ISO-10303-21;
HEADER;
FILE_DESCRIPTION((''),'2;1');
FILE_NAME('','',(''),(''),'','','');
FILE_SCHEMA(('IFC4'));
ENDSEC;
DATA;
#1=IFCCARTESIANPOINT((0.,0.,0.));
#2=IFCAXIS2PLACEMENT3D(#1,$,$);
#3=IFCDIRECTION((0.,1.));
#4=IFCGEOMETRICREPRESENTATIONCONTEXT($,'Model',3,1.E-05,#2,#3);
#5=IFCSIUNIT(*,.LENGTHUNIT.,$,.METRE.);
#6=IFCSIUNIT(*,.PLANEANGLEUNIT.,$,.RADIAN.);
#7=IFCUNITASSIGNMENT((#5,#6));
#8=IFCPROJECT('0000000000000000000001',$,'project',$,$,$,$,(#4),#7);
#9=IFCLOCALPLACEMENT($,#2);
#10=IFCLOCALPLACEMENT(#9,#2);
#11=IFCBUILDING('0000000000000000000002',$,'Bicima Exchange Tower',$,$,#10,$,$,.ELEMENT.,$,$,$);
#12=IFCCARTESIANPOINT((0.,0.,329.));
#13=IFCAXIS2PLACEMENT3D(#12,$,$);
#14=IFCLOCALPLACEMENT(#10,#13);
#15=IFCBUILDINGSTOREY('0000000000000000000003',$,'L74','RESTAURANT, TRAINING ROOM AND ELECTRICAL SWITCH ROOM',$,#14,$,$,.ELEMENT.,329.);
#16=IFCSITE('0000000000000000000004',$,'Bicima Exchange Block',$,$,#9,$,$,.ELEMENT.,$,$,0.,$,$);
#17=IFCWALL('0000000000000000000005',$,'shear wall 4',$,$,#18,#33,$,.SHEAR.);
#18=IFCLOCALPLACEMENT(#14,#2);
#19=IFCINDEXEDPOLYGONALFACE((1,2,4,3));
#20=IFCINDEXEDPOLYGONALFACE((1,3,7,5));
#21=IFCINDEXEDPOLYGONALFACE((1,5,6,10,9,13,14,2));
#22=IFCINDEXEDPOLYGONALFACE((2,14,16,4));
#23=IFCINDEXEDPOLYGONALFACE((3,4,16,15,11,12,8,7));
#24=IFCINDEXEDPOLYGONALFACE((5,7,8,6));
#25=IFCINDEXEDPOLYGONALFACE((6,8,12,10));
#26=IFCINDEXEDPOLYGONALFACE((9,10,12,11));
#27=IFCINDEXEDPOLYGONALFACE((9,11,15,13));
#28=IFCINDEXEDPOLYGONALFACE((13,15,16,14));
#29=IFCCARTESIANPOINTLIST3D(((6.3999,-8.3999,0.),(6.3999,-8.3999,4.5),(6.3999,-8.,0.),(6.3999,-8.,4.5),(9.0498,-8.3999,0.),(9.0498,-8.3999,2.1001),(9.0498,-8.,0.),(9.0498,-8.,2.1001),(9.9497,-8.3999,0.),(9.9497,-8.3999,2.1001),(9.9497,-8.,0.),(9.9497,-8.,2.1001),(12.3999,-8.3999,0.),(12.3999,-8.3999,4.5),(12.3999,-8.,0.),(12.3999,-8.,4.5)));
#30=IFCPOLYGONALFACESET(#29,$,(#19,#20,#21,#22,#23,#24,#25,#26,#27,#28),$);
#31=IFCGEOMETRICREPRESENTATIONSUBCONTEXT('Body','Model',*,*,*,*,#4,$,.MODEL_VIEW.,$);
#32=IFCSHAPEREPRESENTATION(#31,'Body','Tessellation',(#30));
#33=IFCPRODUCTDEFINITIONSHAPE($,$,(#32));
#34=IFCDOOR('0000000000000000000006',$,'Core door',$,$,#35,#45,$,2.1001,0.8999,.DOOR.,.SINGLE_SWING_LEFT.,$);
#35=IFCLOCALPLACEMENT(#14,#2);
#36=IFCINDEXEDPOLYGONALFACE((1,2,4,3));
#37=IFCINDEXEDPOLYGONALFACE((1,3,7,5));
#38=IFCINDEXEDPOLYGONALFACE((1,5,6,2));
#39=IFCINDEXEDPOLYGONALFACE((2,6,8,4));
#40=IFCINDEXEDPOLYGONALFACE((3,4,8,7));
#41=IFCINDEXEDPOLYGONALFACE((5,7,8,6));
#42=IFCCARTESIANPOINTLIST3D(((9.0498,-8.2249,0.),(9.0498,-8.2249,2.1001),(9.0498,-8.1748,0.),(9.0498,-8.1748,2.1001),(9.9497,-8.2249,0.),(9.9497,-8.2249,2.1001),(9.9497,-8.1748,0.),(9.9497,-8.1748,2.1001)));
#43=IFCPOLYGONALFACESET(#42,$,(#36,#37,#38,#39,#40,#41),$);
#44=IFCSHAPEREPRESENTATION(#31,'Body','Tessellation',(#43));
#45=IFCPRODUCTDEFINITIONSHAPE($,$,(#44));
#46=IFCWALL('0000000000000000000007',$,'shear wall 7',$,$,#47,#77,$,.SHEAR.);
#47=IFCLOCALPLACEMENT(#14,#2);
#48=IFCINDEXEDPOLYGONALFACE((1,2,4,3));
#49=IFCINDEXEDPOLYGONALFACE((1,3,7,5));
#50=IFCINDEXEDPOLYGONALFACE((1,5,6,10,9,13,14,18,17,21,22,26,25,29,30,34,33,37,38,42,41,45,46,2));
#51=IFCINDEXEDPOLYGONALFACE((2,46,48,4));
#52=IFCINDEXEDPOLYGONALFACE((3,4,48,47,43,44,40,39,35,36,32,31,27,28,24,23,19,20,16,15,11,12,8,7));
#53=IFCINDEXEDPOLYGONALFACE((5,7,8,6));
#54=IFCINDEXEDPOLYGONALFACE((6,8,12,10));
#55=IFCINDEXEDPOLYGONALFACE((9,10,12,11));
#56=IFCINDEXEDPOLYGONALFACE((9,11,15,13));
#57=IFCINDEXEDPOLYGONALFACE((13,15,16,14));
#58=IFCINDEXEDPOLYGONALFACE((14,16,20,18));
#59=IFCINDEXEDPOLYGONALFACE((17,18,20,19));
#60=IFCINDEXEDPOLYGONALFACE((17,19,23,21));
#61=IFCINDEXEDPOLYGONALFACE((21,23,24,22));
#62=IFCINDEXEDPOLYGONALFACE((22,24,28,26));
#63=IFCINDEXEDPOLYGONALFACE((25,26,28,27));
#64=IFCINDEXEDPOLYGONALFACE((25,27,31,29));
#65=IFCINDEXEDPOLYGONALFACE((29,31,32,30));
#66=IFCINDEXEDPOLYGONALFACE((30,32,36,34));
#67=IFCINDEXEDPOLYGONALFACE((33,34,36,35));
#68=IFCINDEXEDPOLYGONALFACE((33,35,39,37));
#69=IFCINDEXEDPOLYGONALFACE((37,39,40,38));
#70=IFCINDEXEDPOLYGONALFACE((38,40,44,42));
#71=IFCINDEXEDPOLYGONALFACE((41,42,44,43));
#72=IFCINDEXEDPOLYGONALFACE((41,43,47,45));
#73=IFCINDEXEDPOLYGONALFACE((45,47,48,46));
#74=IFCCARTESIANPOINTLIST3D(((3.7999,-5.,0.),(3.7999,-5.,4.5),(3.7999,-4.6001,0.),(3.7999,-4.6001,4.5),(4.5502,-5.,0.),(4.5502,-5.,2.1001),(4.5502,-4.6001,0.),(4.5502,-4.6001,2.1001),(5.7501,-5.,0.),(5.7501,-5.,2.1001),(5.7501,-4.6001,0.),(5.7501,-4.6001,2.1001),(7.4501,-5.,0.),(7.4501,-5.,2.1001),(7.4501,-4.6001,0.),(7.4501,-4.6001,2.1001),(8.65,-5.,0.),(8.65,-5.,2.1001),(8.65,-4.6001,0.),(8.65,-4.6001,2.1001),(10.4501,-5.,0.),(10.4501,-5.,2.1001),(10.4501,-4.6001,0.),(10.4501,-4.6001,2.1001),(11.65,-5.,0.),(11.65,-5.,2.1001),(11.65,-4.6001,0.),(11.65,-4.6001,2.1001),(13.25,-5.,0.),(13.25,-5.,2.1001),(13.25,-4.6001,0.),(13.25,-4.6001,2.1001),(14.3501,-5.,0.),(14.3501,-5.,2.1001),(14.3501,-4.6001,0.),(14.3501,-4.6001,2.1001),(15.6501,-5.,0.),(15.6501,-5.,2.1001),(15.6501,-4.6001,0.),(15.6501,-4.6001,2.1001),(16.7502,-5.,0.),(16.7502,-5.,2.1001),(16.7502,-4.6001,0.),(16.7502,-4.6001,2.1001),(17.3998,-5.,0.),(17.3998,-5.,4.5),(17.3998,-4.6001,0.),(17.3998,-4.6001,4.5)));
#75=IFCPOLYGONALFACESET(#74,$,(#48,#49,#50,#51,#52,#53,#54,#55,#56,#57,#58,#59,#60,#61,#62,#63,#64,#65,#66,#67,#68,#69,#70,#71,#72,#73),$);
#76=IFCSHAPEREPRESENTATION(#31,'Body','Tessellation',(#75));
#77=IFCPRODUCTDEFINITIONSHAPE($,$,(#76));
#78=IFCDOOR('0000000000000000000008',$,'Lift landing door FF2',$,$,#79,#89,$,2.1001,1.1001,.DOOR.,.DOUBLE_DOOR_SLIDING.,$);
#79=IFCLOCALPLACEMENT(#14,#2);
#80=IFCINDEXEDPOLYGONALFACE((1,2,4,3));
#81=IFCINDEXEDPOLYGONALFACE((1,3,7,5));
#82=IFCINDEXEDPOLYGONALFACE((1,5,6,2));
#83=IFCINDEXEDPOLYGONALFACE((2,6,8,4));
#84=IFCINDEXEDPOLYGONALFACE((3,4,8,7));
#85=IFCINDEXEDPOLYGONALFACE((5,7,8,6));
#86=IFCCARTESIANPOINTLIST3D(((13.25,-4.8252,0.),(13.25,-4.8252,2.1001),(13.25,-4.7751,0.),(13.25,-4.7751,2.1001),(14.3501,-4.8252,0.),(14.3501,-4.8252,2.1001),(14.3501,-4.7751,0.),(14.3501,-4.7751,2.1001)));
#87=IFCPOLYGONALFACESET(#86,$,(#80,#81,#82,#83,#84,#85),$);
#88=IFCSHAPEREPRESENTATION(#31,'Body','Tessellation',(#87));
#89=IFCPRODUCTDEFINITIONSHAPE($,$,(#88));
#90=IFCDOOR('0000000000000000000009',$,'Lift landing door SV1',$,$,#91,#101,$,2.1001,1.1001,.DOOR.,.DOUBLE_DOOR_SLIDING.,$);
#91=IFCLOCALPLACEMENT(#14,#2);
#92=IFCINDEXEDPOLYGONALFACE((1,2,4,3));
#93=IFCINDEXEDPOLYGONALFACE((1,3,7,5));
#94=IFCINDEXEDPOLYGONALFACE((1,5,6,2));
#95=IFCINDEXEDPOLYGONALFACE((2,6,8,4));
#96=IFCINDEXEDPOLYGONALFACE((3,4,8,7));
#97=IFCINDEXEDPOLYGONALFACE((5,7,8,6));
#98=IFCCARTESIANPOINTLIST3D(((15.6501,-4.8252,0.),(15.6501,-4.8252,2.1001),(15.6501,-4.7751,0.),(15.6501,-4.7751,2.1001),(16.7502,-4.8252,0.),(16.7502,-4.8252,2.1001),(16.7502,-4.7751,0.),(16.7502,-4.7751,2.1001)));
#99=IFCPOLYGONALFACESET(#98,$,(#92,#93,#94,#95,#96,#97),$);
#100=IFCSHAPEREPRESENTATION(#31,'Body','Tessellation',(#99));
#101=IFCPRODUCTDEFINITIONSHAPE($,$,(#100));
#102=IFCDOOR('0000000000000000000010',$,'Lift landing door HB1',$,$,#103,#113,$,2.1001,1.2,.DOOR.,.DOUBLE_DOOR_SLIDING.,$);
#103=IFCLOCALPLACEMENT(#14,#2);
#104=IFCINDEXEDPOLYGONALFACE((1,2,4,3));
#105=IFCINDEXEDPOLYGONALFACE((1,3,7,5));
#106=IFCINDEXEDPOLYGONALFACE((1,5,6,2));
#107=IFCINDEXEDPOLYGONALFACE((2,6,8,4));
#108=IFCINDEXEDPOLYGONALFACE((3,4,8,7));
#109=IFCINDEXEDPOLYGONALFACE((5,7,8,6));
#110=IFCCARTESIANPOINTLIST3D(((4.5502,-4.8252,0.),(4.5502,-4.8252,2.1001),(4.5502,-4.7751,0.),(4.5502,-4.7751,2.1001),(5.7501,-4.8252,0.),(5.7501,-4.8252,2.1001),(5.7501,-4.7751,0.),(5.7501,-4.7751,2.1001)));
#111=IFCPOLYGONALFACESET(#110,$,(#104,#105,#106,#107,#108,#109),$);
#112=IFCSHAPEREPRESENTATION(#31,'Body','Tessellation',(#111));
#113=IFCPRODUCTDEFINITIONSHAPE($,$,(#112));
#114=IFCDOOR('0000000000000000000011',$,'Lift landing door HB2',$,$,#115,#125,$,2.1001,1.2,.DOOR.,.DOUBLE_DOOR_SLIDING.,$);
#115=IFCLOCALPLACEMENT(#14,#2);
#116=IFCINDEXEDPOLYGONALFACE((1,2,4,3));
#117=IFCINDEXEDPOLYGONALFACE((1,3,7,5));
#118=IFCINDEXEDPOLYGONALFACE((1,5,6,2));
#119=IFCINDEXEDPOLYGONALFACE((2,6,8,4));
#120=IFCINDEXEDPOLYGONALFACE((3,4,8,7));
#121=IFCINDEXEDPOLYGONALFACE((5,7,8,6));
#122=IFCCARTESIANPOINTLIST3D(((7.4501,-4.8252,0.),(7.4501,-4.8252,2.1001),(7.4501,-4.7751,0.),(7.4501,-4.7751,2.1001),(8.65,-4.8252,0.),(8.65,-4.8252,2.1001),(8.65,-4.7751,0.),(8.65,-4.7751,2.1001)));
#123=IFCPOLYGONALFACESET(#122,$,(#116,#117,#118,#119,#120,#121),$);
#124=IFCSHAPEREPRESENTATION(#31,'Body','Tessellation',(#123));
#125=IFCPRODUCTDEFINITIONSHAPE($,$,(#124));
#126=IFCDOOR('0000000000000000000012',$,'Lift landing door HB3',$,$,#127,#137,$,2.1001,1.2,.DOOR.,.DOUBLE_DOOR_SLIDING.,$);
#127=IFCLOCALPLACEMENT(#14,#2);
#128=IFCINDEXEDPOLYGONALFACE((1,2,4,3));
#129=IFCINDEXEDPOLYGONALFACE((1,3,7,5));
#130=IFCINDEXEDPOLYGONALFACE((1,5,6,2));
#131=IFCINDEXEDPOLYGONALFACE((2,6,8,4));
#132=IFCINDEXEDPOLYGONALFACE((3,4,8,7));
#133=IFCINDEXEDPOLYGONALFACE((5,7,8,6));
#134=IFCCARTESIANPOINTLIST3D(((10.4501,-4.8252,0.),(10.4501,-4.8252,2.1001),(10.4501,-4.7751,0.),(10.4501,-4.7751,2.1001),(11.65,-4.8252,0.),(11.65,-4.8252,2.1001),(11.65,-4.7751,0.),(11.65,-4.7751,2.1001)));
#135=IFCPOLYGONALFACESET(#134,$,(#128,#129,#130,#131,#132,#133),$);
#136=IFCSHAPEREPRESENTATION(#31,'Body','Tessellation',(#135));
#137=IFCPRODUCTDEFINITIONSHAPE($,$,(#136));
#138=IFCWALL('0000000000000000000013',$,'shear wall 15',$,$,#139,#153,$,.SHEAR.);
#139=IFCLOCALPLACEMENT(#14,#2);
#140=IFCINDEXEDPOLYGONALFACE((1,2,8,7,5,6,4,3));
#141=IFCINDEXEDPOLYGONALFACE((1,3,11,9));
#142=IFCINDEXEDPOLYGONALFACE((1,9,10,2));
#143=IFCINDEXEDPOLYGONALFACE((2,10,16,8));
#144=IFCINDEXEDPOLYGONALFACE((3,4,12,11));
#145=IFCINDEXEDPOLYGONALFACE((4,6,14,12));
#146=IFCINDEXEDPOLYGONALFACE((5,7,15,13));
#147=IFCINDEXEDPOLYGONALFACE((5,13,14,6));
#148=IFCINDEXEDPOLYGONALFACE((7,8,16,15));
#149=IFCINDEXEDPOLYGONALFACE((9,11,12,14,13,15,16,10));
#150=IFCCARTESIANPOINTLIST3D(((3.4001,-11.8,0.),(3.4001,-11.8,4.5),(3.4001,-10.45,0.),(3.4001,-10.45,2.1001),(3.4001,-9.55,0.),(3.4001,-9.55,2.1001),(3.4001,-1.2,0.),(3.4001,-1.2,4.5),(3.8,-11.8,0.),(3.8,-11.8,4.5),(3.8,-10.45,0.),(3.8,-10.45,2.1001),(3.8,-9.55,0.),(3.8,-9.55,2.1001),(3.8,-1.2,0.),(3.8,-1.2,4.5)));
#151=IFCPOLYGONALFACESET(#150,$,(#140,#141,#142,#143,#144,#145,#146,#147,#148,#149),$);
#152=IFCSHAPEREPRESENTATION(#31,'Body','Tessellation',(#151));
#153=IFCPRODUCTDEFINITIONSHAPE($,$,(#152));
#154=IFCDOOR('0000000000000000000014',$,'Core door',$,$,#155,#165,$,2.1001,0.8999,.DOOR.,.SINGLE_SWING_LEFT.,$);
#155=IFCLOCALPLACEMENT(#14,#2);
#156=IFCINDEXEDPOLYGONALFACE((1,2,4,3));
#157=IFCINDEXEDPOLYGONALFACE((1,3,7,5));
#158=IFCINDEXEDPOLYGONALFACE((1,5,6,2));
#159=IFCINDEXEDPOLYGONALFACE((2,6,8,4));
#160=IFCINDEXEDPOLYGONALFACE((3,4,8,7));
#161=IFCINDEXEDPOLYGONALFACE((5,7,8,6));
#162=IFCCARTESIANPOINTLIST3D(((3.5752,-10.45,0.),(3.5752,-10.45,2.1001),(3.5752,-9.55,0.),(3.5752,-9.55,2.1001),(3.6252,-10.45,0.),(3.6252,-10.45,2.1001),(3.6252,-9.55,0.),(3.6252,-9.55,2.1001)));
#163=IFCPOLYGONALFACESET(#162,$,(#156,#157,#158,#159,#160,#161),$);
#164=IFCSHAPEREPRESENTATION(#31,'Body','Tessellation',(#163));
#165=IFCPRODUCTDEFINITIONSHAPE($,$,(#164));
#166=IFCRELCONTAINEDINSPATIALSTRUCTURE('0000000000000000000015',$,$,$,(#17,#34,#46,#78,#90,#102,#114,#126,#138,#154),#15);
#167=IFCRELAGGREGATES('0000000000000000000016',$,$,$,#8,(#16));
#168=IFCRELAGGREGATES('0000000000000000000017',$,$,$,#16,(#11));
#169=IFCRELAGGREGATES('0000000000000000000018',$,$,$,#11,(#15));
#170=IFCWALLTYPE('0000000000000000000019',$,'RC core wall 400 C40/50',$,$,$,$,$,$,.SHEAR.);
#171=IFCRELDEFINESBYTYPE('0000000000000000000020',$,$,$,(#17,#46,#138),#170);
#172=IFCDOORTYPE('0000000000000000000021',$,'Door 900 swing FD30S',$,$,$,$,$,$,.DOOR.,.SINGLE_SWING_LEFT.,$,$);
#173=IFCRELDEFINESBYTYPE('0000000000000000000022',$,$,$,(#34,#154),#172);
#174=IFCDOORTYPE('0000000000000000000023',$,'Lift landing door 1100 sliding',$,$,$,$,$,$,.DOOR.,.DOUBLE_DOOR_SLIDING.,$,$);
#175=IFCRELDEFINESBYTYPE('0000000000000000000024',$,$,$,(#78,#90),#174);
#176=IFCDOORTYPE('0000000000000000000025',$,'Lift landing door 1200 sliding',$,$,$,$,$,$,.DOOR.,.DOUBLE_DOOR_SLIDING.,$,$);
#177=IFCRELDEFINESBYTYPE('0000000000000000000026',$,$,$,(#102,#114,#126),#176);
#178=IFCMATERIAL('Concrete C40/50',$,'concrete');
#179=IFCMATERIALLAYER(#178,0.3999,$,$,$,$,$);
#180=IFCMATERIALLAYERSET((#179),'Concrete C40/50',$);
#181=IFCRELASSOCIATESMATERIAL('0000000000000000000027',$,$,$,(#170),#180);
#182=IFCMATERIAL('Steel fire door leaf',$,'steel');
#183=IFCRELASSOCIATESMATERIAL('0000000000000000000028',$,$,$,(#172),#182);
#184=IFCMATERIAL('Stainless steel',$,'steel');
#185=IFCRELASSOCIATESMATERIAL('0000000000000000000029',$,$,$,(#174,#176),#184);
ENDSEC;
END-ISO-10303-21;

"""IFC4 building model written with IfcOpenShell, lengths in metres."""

from ifc_helpers import new_model, si_unit, direction, frame, frame_2d, origin, place, context, subcontext, project, spatial, rectangle, extrude, material, layer, layer_set, type_object, element, fill, save


model = new_model("IFC4")

# Units and contexts
model_context = context("Model", 3, precision=1e-05, world=origin(), true_north=direction((0.0, 1.0)))
body_context = subcontext(model_context, "Body", "Model", "MODEL_VIEW")
ifc_project = project(units=[si_unit("LENGTHUNIT", "METRE"), si_unit("PLANEANGLEUNIT", "RADIAN")], contexts=[model_context])

# Site, building, storey
site_placement = place(None, origin())
site = spatial("IfcSite", under=ifc_project, at=site_placement, Name="Bicima Exchange Block", CompositionType="ELEMENT", RefElevation=0.0)
building_placement = place(site_placement, origin())
building = spatial("IfcBuilding", under=site, at=building_placement, Name="Bicima Exchange Tower", CompositionType="ELEMENT")
storey_placement = place(building_placement, frame((0.0, 0.0, 329.0)))
storey = spatial("IfcBuildingStorey", under=building, at=storey_placement, Name="L74", Description="RESTAURANT, TRAINING ROOM AND ELECTRICAL SWITCH ROOM", CompositionType="ELEMENT", Elevation=329.0)

# Shared definitions
ifc_material_1 = material(Name="Concrete C40/50", Category="concrete")

# Wall, opening, door
ifc_layer_1 = layer(ifc_material_1, 0.3999)
ifc_layer_set_1 = layer_set([ifc_layer_1], Name="Concrete C40/50")
wall_type_1 = type_object("IfcWallType", Name="RC core wall 400 C40/50", PredefinedType="SHEAR", material=ifc_layer_set_1)
wall_1_placement = place(storey_placement, frame((6.3999, -8.2, 0.0), z_axis=(0.0, 0.0, 1.0), x_axis=(1.0, 0.0, 0.0)))
wall_1 = element("IfcWall", 1, at=wall_1_placement, inside=storey, type_object=wall_type_1, Name="shear wall 4", PredefinedType="SHEAR", context=body_context, shape_type="SweptSolid", body=[
    extrude(rectangle(XDim=6.0, YDim=0.3999, at=frame_2d((3.0, 0.0))), origin(), (0.0, 0.0, 1.0), 4.5),
])
opening_1_placement = place(wall_1_placement, frame((2.6499, 0.0, 0.0)))
opening_1 = element("IfcOpeningElement", 2, at=opening_1_placement, cuts=wall_1, PredefinedType="OPENING", context=body_context, shape_type="SweptSolid", body=[
    extrude(rectangle(XDim=0.8999, YDim=2.1001, at=frame_2d((0.45, 1.05))), frame((0.0, 0.2119, 0.0), z_axis=(0.0, -1.0, 0.0), x_axis=(1.0, 0.0, 0.0)), (0.0, 0.0, 1.0), 0.4238),
])
ifc_material_2 = material(Name="Steel fire door leaf", Category="steel")
door_type_1 = type_object("IfcDoorType", Name="Door 900 swing FD30S", OperationType="SINGLE_SWING_LEFT", PredefinedType="DOOR", material=ifc_material_2)
door_1_placement = place(opening_1_placement, frame((0.8999, 0.0, 0.0), z_axis=(0.0, 0.0, 1.0), x_axis=(-1.0, 0.0, 0.0)))
door_1 = element("IfcDoor", 3, at=door_1_placement, inside=storey, type_object=door_type_1, Name="Core door", OperationType="SINGLE_SWING_LEFT", OverallHeight=2.1001, OverallWidth=0.8999, PredefinedType="DOOR", context=body_context, shape_type="SweptSolid", body=[
    extrude(rectangle(XDim=0.8999, YDim=2.1001, at=frame_2d((0.45, 1.05))), frame((0.0, 0.0249, 0.0), z_axis=(0.0, -1.0, 0.0), x_axis=(1.0, 0.0, 0.0)), (0.0, 0.0, 1.0), 0.05),
])
fill(opening_1, door_1)

# Wall, openings, doors
wall_2_placement = place(storey_placement, frame((3.8, -4.8, 0.0), z_axis=(0.0, 0.0, 1.0), x_axis=(1.0, 0.0, 0.0)))
wall_2 = element("IfcWall", 4, at=wall_2_placement, inside=storey, type_object=wall_type_1, Name="shear wall 7", PredefinedType="SHEAR", context=body_context, shape_type="SweptSolid", body=[
    extrude(rectangle(XDim=13.5999, YDim=0.3999, at=frame_2d((6.7998, 0.0))), origin(), (0.0, 0.0, 1.0), 4.5),
])
opening_2_placement = place(wall_2_placement, frame((0.75, 0.0, 0.0)))
opening_2 = element("IfcOpeningElement", 5, at=opening_2_placement, cuts=wall_2, PredefinedType="OPENING", context=body_context, shape_type="SweptSolid", body=[
    extrude(rectangle(XDim=1.2, YDim=2.1001, at=frame_2d((0.6001, 1.05))), frame((0.0, 0.2119, 0.0), z_axis=(0.0, -1.0, 0.0), x_axis=(1.0, 0.0, 0.0)), (0.0, 0.0, 1.0), 0.4238),
])
opening_3_placement = place(wall_2_placement, frame((3.6499, 0.0, 0.0)))
opening_3 = element("IfcOpeningElement", 6, at=opening_3_placement, cuts=wall_2, PredefinedType="OPENING", context=body_context, shape_type="SweptSolid", body=[
    extrude(rectangle(XDim=1.2, YDim=2.1001, at=frame_2d((0.6001, 1.05))), frame((0.0, 0.2119, 0.0), z_axis=(0.0, -1.0, 0.0), x_axis=(1.0, 0.0, 0.0)), (0.0, 0.0, 1.0), 0.4238),
])
opening_4_placement = place(wall_2_placement, frame((6.6499, 0.0, 0.0)))
opening_4 = element("IfcOpeningElement", 7, at=opening_4_placement, cuts=wall_2, PredefinedType="OPENING", context=body_context, shape_type="SweptSolid", body=[
    extrude(rectangle(XDim=1.2, YDim=2.1001, at=frame_2d((0.6001, 1.05))), frame((0.0, 0.2119, 0.0), z_axis=(0.0, -1.0, 0.0), x_axis=(1.0, 0.0, 0.0)), (0.0, 0.0, 1.0), 0.4238),
])
opening_5_placement = place(wall_2_placement, frame((9.45, 0.0, 0.0)))
opening_5 = element("IfcOpeningElement", 8, at=opening_5_placement, cuts=wall_2, PredefinedType="OPENING", context=body_context, shape_type="SweptSolid", body=[
    extrude(rectangle(XDim=1.1001, YDim=2.1001, at=frame_2d((0.55, 1.05))), frame((0.0, 0.2119, 0.0), z_axis=(0.0, -1.0, 0.0), x_axis=(1.0, 0.0, 0.0)), (0.0, 0.0, 1.0), 0.4238),
])
opening_6_placement = place(wall_2_placement, frame((11.8501, 0.0, 0.0)))
opening_6 = element("IfcOpeningElement", 9, at=opening_6_placement, cuts=wall_2, PredefinedType="OPENING", context=body_context, shape_type="SweptSolid", body=[
    extrude(rectangle(XDim=1.1001, YDim=2.1001, at=frame_2d((0.55, 1.05))), frame((0.0, 0.2119, 0.0), z_axis=(0.0, -1.0, 0.0), x_axis=(1.0, 0.0, 0.0)), (0.0, 0.0, 1.0), 0.4238),
])
ifc_material_3 = material(Name="Stainless steel", Category="steel")
door_type_2 = type_object("IfcDoorType", Name="Lift landing door 1100 sliding", OperationType="DOUBLE_DOOR_SLIDING", PredefinedType="DOOR", material=ifc_material_3)
door_2_placement = place(opening_5_placement, origin())
door_2 = element("IfcDoor", 10, at=door_2_placement, inside=storey, type_object=door_type_2, Name="Lift landing door FF2", OperationType="DOUBLE_DOOR_SLIDING", OverallHeight=2.1001, OverallWidth=1.1001, PredefinedType="DOOR", context=body_context, shape_type="SweptSolid", body=[
    extrude(rectangle(XDim=1.1001, YDim=2.1001, at=frame_2d((0.55, 1.05))), frame((0.0, 0.0249, 0.0), z_axis=(0.0, -1.0, 0.0), x_axis=(1.0, 0.0, 0.0)), (0.0, 0.0, 1.0), 0.05),
])
fill(opening_5, door_2)
door_3_placement = place(opening_6_placement, origin())
door_3 = element("IfcDoor", 11, at=door_3_placement, inside=storey, type_object=door_type_2, Name="Lift landing door SV1", OperationType="DOUBLE_DOOR_SLIDING", OverallHeight=2.1001, OverallWidth=1.1001, PredefinedType="DOOR", context=body_context, shape_type="SweptSolid", body=[
    extrude(rectangle(XDim=1.1001, YDim=2.1001, at=frame_2d((0.55, 1.05))), frame((0.0, 0.0249, 0.0), z_axis=(0.0, -1.0, 0.0), x_axis=(1.0, 0.0, 0.0)), (0.0, 0.0, 1.0), 0.05),
])
fill(opening_6, door_3)
door_type_3 = type_object("IfcDoorType", Name="Lift landing door 1200 sliding", OperationType="DOUBLE_DOOR_SLIDING", PredefinedType="DOOR", material=ifc_material_3)
door_4_placement = place(opening_2_placement, origin())
door_4 = element("IfcDoor", 12, at=door_4_placement, inside=storey, type_object=door_type_3, Name="Lift landing door HB1", OperationType="DOUBLE_DOOR_SLIDING", OverallHeight=2.1001, OverallWidth=1.2, PredefinedType="DOOR", context=body_context, shape_type="SweptSolid", body=[
    extrude(rectangle(XDim=1.2, YDim=2.1001, at=frame_2d((0.6001, 1.05))), frame((0.0, 0.0249, 0.0), z_axis=(0.0, -1.0, 0.0), x_axis=(1.0, 0.0, 0.0)), (0.0, 0.0, 1.0), 0.05),
])
fill(opening_2, door_4)
door_5_placement = place(opening_3_placement, origin())
door_5 = element("IfcDoor", 13, at=door_5_placement, inside=storey, type_object=door_type_3, Name="Lift landing door HB2", OperationType="DOUBLE_DOOR_SLIDING", OverallHeight=2.1001, OverallWidth=1.2, PredefinedType="DOOR", context=body_context, shape_type="SweptSolid", body=[
    extrude(rectangle(XDim=1.2, YDim=2.1001, at=frame_2d((0.6001, 1.05))), frame((0.0, 0.0249, 0.0), z_axis=(0.0, -1.0, 0.0), x_axis=(1.0, 0.0, 0.0)), (0.0, 0.0, 1.0), 0.05),
])
fill(opening_3, door_5)
door_6_placement = place(opening_4_placement, origin())
door_6 = element("IfcDoor", 14, at=door_6_placement, inside=storey, type_object=door_type_3, Name="Lift landing door HB3", OperationType="DOUBLE_DOOR_SLIDING", OverallHeight=2.1001, OverallWidth=1.2, PredefinedType="DOOR", context=body_context, shape_type="SweptSolid", body=[
    extrude(rectangle(XDim=1.2, YDim=2.1001, at=frame_2d((0.6001, 1.05))), frame((0.0, 0.0249, 0.0), z_axis=(0.0, -1.0, 0.0), x_axis=(1.0, 0.0, 0.0)), (0.0, 0.0, 1.0), 0.05),
])
fill(opening_4, door_6)

# Wall, opening, door
wall_3_placement = place(storey_placement, frame((3.6001, -11.8, 0.0), z_axis=(0.0, 0.0, 1.0), x_axis=(0.0, 1.0, 0.0)))
wall_3 = element("IfcWall", 15, at=wall_3_placement, inside=storey, type_object=wall_type_1, Name="shear wall 15", PredefinedType="SHEAR", context=body_context, shape_type="SweptSolid", body=[
    extrude(rectangle(XDim=10.6001, YDim=0.3999, at=frame_2d((5.3, 0.0))), origin(), (0.0, 0.0, 1.0), 4.5),
])
opening_7_placement = place(wall_3_placement, frame((1.3501, 0.0, 0.0)))
opening_7 = element("IfcOpeningElement", 16, at=opening_7_placement, cuts=wall_3, PredefinedType="OPENING", context=body_context, shape_type="SweptSolid", body=[
    extrude(rectangle(XDim=0.8999, YDim=2.1001, at=frame_2d((0.45, 1.05))), frame((0.0, 0.2119, 0.0), z_axis=(0.0, -1.0, 0.0), x_axis=(1.0, 0.0, 0.0)), (0.0, 0.0, 1.0), 0.4238),
])
door_7_placement = place(opening_7_placement, origin())
door_7 = element("IfcDoor", 17, at=door_7_placement, inside=storey, type_object=door_type_1, Name="Core door", OperationType="SINGLE_SWING_LEFT", OverallHeight=2.1001, OverallWidth=0.8999, PredefinedType="DOOR", context=body_context, shape_type="SweptSolid", body=[
    extrude(rectangle(XDim=0.8999, YDim=2.1001, at=frame_2d((0.45, 1.05))), frame((0.0, 0.0249, 0.0), z_axis=(0.0, -1.0, 0.0), x_axis=(1.0, 0.0, 0.0)), (0.0, 0.0, 1.0), 0.05),
])
fill(opening_7, door_7)

save(model, "model.ifc")
